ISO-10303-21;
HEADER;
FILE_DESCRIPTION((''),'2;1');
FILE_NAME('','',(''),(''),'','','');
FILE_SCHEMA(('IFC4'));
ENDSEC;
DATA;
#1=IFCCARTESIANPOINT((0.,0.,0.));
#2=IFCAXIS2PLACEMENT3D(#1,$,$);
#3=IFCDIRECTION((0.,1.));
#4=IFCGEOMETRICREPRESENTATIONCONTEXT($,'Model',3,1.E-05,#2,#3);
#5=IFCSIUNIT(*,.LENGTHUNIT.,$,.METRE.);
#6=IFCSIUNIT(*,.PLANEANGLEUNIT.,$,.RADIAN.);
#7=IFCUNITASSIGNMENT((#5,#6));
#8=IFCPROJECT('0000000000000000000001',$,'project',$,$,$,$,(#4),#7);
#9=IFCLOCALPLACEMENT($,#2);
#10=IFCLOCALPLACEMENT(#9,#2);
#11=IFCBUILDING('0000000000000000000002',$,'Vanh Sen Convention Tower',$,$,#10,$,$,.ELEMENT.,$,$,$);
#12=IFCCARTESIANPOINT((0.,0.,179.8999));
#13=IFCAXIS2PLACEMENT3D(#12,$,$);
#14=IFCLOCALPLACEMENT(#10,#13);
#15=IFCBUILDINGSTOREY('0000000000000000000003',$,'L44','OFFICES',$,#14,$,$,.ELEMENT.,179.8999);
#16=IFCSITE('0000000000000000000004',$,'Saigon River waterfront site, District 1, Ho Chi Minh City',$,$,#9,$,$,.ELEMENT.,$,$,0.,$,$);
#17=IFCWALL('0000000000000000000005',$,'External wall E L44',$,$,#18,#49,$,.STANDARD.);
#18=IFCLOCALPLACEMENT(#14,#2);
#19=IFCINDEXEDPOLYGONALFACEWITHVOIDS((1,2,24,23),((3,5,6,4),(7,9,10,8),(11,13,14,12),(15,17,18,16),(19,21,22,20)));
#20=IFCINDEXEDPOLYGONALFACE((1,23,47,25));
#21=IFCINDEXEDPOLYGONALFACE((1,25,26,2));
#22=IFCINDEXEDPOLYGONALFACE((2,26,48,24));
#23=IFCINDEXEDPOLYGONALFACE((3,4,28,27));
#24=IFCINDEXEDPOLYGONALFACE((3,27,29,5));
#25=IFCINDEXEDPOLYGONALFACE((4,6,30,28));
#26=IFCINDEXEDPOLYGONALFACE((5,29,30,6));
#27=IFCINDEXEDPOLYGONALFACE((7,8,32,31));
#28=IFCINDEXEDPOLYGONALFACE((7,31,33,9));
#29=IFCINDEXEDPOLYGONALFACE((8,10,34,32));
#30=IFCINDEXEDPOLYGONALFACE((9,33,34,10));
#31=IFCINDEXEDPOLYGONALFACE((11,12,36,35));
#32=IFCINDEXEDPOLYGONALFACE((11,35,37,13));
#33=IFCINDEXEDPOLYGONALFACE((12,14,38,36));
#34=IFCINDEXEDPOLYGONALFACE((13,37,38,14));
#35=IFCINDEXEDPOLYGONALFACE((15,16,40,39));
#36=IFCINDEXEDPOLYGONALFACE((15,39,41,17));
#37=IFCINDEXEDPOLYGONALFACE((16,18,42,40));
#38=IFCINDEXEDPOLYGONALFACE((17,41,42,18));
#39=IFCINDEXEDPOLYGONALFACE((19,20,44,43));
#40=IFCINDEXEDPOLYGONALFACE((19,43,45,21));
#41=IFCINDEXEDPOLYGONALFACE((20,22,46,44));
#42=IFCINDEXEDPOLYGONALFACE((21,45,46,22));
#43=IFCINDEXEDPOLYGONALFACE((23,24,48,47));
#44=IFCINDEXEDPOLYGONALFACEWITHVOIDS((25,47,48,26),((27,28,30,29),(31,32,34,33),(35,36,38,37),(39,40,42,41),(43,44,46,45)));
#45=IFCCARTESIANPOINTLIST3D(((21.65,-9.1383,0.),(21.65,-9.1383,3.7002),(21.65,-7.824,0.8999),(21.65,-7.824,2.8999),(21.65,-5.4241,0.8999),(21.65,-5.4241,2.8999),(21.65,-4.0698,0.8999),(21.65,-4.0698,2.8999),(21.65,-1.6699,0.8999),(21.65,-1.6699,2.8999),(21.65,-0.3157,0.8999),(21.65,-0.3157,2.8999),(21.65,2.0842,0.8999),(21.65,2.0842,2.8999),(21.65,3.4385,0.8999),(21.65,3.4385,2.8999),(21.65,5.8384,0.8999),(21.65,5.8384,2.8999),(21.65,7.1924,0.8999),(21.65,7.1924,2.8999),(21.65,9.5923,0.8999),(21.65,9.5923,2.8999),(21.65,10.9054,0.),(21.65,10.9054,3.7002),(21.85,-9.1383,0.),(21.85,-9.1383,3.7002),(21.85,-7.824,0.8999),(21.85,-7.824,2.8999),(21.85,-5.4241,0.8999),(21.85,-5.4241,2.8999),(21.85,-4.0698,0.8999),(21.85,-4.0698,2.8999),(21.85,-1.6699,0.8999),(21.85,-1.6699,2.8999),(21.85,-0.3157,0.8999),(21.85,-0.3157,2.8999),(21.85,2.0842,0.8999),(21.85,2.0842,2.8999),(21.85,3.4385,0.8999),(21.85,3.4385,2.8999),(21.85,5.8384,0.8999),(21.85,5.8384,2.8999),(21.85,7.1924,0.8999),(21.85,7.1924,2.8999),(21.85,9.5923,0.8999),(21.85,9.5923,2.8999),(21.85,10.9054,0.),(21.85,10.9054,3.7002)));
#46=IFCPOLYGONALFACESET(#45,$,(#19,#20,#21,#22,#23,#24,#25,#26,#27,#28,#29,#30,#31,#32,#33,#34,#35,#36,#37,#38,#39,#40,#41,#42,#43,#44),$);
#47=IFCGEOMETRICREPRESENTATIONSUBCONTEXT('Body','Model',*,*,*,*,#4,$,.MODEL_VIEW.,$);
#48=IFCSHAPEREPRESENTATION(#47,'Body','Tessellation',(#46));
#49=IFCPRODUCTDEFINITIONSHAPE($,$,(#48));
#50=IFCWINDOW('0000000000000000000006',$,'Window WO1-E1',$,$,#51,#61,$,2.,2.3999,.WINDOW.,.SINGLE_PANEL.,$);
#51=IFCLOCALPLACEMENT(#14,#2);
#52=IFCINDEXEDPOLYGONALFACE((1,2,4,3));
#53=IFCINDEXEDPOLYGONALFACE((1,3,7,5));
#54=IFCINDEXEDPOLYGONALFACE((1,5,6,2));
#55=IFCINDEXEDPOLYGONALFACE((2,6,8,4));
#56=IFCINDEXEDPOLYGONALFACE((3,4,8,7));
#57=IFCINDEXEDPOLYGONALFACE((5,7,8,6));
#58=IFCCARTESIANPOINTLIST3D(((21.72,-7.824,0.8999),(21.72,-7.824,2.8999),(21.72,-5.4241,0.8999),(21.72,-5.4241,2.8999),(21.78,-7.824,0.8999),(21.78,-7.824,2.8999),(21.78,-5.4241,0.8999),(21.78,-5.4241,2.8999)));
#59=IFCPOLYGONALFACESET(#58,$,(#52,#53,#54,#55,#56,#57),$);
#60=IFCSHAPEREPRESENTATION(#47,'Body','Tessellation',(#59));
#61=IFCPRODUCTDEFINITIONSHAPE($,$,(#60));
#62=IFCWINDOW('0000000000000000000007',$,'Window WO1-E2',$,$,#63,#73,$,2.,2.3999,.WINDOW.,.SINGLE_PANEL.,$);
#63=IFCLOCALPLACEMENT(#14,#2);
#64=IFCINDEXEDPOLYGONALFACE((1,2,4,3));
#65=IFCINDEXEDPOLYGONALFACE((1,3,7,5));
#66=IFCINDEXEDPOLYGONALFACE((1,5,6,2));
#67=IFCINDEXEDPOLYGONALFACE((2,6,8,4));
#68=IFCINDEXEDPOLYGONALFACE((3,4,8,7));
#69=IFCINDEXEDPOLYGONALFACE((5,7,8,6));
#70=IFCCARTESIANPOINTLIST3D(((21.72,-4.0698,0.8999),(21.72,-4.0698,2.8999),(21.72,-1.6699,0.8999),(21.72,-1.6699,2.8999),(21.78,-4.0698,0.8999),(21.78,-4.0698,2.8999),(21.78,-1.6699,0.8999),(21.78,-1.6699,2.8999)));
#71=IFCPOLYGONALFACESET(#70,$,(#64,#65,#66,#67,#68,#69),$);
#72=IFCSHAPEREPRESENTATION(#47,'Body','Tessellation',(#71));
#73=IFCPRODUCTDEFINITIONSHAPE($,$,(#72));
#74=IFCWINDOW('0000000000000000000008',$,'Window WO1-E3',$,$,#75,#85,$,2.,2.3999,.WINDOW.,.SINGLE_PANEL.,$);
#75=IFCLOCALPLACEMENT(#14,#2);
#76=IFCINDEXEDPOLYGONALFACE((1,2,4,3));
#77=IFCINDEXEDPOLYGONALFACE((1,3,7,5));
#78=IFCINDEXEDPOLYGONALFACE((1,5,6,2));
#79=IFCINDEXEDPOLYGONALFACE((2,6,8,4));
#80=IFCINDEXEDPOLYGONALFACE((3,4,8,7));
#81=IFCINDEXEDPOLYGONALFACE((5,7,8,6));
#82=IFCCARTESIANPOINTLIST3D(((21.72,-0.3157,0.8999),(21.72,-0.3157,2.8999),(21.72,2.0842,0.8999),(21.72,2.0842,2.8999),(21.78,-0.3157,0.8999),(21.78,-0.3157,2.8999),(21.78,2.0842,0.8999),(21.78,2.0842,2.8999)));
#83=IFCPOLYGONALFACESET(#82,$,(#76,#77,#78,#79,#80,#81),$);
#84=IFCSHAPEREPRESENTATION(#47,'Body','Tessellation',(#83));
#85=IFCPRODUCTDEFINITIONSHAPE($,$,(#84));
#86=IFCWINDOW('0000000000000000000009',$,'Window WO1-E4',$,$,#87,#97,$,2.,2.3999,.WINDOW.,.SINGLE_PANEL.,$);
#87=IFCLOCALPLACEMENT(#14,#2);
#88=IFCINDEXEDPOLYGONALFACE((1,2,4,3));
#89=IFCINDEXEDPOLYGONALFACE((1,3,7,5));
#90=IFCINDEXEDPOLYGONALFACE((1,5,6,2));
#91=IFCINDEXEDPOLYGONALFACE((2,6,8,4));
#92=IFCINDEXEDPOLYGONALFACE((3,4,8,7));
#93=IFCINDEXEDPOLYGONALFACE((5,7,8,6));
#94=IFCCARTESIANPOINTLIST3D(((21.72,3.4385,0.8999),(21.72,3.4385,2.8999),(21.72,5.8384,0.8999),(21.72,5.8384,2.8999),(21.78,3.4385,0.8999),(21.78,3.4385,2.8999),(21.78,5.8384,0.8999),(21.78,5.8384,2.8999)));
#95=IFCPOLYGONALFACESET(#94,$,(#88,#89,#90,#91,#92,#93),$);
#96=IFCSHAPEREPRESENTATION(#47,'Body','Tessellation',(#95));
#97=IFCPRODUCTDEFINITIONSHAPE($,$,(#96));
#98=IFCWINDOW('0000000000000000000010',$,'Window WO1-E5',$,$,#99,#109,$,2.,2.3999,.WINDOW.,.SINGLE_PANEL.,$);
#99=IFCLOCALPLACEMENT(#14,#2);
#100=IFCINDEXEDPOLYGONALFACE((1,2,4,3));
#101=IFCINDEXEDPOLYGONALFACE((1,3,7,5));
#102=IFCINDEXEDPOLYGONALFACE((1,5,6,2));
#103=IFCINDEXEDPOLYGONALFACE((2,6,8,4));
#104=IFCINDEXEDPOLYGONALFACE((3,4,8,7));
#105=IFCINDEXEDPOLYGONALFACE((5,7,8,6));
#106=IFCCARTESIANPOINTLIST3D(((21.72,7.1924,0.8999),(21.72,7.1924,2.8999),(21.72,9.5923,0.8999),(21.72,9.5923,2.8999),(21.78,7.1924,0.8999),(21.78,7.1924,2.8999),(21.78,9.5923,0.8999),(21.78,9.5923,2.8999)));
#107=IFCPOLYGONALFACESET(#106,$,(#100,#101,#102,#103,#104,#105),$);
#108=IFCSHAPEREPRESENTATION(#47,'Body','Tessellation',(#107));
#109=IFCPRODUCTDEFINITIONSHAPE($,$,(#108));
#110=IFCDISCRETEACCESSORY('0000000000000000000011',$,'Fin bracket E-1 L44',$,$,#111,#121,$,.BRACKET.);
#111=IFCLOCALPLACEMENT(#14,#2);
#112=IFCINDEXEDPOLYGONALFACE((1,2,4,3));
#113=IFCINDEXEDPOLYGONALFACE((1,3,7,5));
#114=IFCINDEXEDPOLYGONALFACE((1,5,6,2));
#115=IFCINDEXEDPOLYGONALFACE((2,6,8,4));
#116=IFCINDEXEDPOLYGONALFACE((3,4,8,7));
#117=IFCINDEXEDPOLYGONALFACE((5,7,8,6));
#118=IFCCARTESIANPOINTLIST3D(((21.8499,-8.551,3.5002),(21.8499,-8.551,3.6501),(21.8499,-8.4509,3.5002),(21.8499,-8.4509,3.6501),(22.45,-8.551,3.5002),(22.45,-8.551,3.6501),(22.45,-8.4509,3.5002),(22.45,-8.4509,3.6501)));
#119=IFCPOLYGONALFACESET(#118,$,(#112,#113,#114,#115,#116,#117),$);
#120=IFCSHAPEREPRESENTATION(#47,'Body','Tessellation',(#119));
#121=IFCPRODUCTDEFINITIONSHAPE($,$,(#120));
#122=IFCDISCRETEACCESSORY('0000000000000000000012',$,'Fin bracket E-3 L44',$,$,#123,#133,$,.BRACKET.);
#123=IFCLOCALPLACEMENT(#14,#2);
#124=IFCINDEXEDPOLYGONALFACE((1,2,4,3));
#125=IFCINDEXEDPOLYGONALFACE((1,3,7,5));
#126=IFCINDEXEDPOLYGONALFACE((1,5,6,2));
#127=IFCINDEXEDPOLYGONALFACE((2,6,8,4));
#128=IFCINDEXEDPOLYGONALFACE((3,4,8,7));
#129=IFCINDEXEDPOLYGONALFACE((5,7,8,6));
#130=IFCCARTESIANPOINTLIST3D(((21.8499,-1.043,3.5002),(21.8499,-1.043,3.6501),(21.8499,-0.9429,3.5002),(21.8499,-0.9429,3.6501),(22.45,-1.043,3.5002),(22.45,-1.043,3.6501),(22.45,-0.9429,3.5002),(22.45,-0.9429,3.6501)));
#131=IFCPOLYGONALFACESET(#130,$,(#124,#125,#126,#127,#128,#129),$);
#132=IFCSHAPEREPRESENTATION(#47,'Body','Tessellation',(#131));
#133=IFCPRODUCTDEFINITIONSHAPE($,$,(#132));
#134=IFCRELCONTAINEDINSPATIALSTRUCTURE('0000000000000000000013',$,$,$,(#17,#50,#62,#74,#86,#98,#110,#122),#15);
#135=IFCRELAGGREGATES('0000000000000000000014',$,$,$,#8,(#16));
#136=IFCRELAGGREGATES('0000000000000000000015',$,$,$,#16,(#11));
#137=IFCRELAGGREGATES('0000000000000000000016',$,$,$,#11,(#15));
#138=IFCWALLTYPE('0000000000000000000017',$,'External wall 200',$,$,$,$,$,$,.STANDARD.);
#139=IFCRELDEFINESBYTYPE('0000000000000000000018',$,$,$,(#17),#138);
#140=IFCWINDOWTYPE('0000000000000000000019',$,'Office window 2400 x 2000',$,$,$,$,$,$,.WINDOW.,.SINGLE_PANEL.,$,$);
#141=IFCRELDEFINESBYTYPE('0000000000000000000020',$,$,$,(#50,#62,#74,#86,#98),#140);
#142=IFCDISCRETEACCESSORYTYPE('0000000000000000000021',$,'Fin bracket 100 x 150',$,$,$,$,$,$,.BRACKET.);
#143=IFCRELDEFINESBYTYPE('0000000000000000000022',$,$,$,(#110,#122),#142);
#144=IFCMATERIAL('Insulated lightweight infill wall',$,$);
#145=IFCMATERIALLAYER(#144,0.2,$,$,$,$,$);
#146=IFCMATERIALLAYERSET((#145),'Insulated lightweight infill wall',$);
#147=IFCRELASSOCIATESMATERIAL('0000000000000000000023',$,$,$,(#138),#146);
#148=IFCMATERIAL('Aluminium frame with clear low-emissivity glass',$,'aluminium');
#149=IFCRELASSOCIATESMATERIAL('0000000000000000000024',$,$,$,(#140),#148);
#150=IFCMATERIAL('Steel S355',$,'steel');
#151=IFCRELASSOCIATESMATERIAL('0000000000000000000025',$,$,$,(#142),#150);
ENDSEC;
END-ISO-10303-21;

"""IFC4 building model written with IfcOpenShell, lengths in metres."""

from ifc_helpers import new_model, si_unit, direction, frame, frame_2d, origin, origin_2d, place, context, subcontext, project, spatial, rectangle, extrude, material, layer, layer_set, type_object, element, fill, save


model = new_model("IFC4")

# Units and contexts
model_context = context("Model", 3, precision=1e-05, world=origin(), true_north=direction((0.0, 1.0)))
body_context = subcontext(model_context, "Body", "Model", "MODEL_VIEW")
ifc_project = project(units=[si_unit("LENGTHUNIT", "METRE"), si_unit("PLANEANGLEUNIT", "RADIAN")], contexts=[model_context])

# Site, building, storey
site_placement = place(None, origin())
site = spatial("IfcSite", under=ifc_project, at=site_placement, Name="Saigon River waterfront site, District 1, Ho Chi Minh City", CompositionType="ELEMENT", RefElevation=0.0)
building_placement = place(site_placement, origin())
building = spatial("IfcBuilding", under=site, at=building_placement, Name="Vanh Sen Convention Tower", CompositionType="ELEMENT")
storey_placement = place(building_placement, frame((0.0, 0.0, 179.8999)))
storey = spatial("IfcBuildingStorey", under=building, at=storey_placement, Name="L44", Description="OFFICES", CompositionType="ELEMENT", Elevation=179.8999)

# Wall, openings, windows
ifc_material_1 = material(Name="Insulated lightweight infill wall")
ifc_layer_1 = layer(ifc_material_1, 0.2)
ifc_layer_set_1 = layer_set([ifc_layer_1], Name="Insulated lightweight infill wall")
wall_type_1 = type_object("IfcWallType", Name="External wall 200", PredefinedType="STANDARD", material=ifc_layer_set_1)
wall_1_placement = place(storey_placement, frame((21.75, -9.1384, 0.0), z_axis=(0.0, 0.0, 1.0), x_axis=(0.0, 1.0, 0.0)))
wall_1 = element("IfcWall", 1, at=wall_1_placement, inside=storey, type_object=wall_type_1, Name="External wall E L44", PredefinedType="STANDARD", context=body_context, shape_type="SweptSolid", body=[
    extrude(rectangle(XDim=20.0437, YDim=0.2, at=frame_2d((10.022, 0.0))), origin(), (0.0, 0.0, 1.0), 3.7002),
])
opening_1_placement = place(wall_1_placement, frame((1.3145, 0.0, 0.8999)))
opening_1 = element("IfcOpeningElement", 2, at=opening_1_placement, cuts=wall_1, PredefinedType="OPENING", context=body_context, shape_type="SweptSolid", body=[
    extrude(rectangle(XDim=2.3999, YDim=2.0, at=frame_2d((1.2, 1.0))), frame((0.0, 0.1099, 0.0), z_axis=(0.0, -1.0, 0.0), x_axis=(1.0, 0.0, 0.0)), (0.0, 0.0, 1.0), 0.22),
])
opening_2_placement = place(wall_1_placement, frame((5.0686, 0.0, 0.8999)))
opening_2 = element("IfcOpeningElement", 3, at=opening_2_placement, cuts=wall_1, PredefinedType="OPENING", context=body_context, shape_type="SweptSolid", body=[
    extrude(rectangle(XDim=2.3999, YDim=2.0, at=frame_2d((1.2, 1.0))), frame((0.0, 0.1099, 0.0), z_axis=(0.0, -1.0, 0.0), x_axis=(1.0, 0.0, 0.0)), (0.0, 0.0, 1.0), 0.22),
])
opening_3_placement = place(wall_1_placement, frame((8.8228, 0.0, 0.8999)))
opening_3 = element("IfcOpeningElement", 4, at=opening_3_placement, cuts=wall_1, PredefinedType="OPENING", context=body_context, shape_type="SweptSolid", body=[
    extrude(rectangle(XDim=2.3999, YDim=2.0, at=frame_2d((1.2, 1.0))), frame((0.0, 0.1099, 0.0), z_axis=(0.0, -1.0, 0.0), x_axis=(1.0, 0.0, 0.0)), (0.0, 0.0, 1.0), 0.22),
])
opening_4_placement = place(wall_1_placement, frame((12.5769, 0.0, 0.8999)))
opening_4 = element("IfcOpeningElement", 5, at=opening_4_placement, cuts=wall_1, PredefinedType="OPENING", context=body_context, shape_type="SweptSolid", body=[
    extrude(rectangle(XDim=2.3999, YDim=2.0, at=frame_2d((1.2, 1.0))), frame((0.0, 0.1099, 0.0), z_axis=(0.0, -1.0, 0.0), x_axis=(1.0, 0.0, 0.0)), (0.0, 0.0, 1.0), 0.22),
])
opening_5_placement = place(wall_1_placement, frame((16.3308, 0.0, 0.8999)))
opening_5 = element("IfcOpeningElement", 6, at=opening_5_placement, cuts=wall_1, PredefinedType="OPENING", context=body_context, shape_type="SweptSolid", body=[
    extrude(rectangle(XDim=2.3999, YDim=2.0, at=frame_2d((1.2, 1.0))), frame((0.0, 0.1099, 0.0), z_axis=(0.0, -1.0, 0.0), x_axis=(1.0, 0.0, 0.0)), (0.0, 0.0, 1.0), 0.22),
])
ifc_material_2 = material(Name="Aluminium frame with clear low-emissivity glass", Category="aluminium")
window_type = type_object("IfcWindowType", Name="Office window 2400 x 2000", PartitioningType="SINGLE_PANEL", PredefinedType="WINDOW", material=ifc_material_2)
window_1_placement = place(opening_1_placement, origin())
window_1 = element("IfcWindow", 7, at=window_1_placement, inside=storey, type_object=window_type, Name="Window WO1-E1", OverallHeight=2.0, OverallWidth=2.3999, PartitioningType="SINGLE_PANEL", PredefinedType="WINDOW", context=body_context, shape_type="SweptSolid", body=[
    extrude(rectangle(XDim=2.3999, YDim=2.0, at=frame_2d((1.2, 1.0))), frame((0.0, 0.03, 0.0), z_axis=(0.0, -1.0, 0.0), x_axis=(1.0, 0.0, 0.0)), (0.0, 0.0, 1.0), 0.0601),
])
fill(opening_1, window_1)
window_2_placement = place(opening_2_placement, origin())
window_2 = element("IfcWindow", 8, at=window_2_placement, inside=storey, type_object=window_type, Name="Window WO1-E2", OverallHeight=2.0, OverallWidth=2.3999, PartitioningType="SINGLE_PANEL", PredefinedType="WINDOW", context=body_context, shape_type="SweptSolid", body=[
    extrude(rectangle(XDim=2.3999, YDim=2.0, at=frame_2d((1.2, 1.0))), frame((0.0, 0.03, 0.0), z_axis=(0.0, -1.0, 0.0), x_axis=(1.0, 0.0, 0.0)), (0.0, 0.0, 1.0), 0.0601),
])
fill(opening_2, window_2)
window_3_placement = place(opening_3_placement, origin())
window_3 = element("IfcWindow", 9, at=window_3_placement, inside=storey, type_object=window_type, Name="Window WO1-E3", OverallHeight=2.0, OverallWidth=2.3999, PartitioningType="SINGLE_PANEL", PredefinedType="WINDOW", context=body_context, shape_type="SweptSolid", body=[
    extrude(rectangle(XDim=2.3999, YDim=2.0, at=frame_2d((1.2, 1.0))), frame((0.0, 0.03, 0.0), z_axis=(0.0, -1.0, 0.0), x_axis=(1.0, 0.0, 0.0)), (0.0, 0.0, 1.0), 0.0601),
])
fill(opening_3, window_3)
window_4_placement = place(opening_4_placement, origin())
window_4 = element("IfcWindow", 10, at=window_4_placement, inside=storey, type_object=window_type, Name="Window WO1-E4", OverallHeight=2.0, OverallWidth=2.3999, PartitioningType="SINGLE_PANEL", PredefinedType="WINDOW", context=body_context, shape_type="SweptSolid", body=[
    extrude(rectangle(XDim=2.3999, YDim=2.0, at=frame_2d((1.2, 1.0))), frame((0.0, 0.03, 0.0), z_axis=(0.0, -1.0, 0.0), x_axis=(1.0, 0.0, 0.0)), (0.0, 0.0, 1.0), 0.0601),
])
fill(opening_4, window_4)
window_5_placement = place(opening_5_placement, origin())
window_5 = element("IfcWindow", 11, at=window_5_placement, inside=storey, type_object=window_type, Name="Window WO1-E5", OverallHeight=2.0, OverallWidth=2.3999, PartitioningType="SINGLE_PANEL", PredefinedType="WINDOW", context=body_context, shape_type="SweptSolid", body=[
    extrude(rectangle(XDim=2.3999, YDim=2.0, at=frame_2d((1.2, 1.0))), frame((0.0, 0.03, 0.0), z_axis=(0.0, -1.0, 0.0), x_axis=(1.0, 0.0, 0.0)), (0.0, 0.0, 1.0), 0.0601),
])
fill(opening_5, window_5)

# Discrete accessories
ifc_material_3 = material(Name="Steel S355", Category="steel")
discrete_accessory_type = type_object("IfcDiscreteAccessoryType", Name="Fin bracket 100 x 150", PredefinedType="BRACKET", material=ifc_material_3)
for number, where, z_axis, x_axis, name in (
    (12, (22.1499, -8.501, 3.5002), (0.0, 0.0, 1.0), (1.0, 0.0, 0.0), "Fin bracket E-1 L44"),
    (13, (22.1499, -0.9929, 3.5002), (0.0, 0.0, 1.0), (1.0, 0.0, 0.0), "Fin bracket E-3 L44"),
):
    element("IfcDiscreteAccessory", number, at=place(storey_placement, frame(where, z_axis=z_axis, x_axis=x_axis)), inside=storey, type_object=discrete_accessory_type, Name=name, PredefinedType="BRACKET", context=body_context, shape_type="SweptSolid", body=[
        extrude(rectangle(XDim=0.6001, YDim=0.1001, at=origin_2d()), origin(), (0.0, 0.0, 1.0), 0.1499),
    ])

save(model, "model.ifc")
